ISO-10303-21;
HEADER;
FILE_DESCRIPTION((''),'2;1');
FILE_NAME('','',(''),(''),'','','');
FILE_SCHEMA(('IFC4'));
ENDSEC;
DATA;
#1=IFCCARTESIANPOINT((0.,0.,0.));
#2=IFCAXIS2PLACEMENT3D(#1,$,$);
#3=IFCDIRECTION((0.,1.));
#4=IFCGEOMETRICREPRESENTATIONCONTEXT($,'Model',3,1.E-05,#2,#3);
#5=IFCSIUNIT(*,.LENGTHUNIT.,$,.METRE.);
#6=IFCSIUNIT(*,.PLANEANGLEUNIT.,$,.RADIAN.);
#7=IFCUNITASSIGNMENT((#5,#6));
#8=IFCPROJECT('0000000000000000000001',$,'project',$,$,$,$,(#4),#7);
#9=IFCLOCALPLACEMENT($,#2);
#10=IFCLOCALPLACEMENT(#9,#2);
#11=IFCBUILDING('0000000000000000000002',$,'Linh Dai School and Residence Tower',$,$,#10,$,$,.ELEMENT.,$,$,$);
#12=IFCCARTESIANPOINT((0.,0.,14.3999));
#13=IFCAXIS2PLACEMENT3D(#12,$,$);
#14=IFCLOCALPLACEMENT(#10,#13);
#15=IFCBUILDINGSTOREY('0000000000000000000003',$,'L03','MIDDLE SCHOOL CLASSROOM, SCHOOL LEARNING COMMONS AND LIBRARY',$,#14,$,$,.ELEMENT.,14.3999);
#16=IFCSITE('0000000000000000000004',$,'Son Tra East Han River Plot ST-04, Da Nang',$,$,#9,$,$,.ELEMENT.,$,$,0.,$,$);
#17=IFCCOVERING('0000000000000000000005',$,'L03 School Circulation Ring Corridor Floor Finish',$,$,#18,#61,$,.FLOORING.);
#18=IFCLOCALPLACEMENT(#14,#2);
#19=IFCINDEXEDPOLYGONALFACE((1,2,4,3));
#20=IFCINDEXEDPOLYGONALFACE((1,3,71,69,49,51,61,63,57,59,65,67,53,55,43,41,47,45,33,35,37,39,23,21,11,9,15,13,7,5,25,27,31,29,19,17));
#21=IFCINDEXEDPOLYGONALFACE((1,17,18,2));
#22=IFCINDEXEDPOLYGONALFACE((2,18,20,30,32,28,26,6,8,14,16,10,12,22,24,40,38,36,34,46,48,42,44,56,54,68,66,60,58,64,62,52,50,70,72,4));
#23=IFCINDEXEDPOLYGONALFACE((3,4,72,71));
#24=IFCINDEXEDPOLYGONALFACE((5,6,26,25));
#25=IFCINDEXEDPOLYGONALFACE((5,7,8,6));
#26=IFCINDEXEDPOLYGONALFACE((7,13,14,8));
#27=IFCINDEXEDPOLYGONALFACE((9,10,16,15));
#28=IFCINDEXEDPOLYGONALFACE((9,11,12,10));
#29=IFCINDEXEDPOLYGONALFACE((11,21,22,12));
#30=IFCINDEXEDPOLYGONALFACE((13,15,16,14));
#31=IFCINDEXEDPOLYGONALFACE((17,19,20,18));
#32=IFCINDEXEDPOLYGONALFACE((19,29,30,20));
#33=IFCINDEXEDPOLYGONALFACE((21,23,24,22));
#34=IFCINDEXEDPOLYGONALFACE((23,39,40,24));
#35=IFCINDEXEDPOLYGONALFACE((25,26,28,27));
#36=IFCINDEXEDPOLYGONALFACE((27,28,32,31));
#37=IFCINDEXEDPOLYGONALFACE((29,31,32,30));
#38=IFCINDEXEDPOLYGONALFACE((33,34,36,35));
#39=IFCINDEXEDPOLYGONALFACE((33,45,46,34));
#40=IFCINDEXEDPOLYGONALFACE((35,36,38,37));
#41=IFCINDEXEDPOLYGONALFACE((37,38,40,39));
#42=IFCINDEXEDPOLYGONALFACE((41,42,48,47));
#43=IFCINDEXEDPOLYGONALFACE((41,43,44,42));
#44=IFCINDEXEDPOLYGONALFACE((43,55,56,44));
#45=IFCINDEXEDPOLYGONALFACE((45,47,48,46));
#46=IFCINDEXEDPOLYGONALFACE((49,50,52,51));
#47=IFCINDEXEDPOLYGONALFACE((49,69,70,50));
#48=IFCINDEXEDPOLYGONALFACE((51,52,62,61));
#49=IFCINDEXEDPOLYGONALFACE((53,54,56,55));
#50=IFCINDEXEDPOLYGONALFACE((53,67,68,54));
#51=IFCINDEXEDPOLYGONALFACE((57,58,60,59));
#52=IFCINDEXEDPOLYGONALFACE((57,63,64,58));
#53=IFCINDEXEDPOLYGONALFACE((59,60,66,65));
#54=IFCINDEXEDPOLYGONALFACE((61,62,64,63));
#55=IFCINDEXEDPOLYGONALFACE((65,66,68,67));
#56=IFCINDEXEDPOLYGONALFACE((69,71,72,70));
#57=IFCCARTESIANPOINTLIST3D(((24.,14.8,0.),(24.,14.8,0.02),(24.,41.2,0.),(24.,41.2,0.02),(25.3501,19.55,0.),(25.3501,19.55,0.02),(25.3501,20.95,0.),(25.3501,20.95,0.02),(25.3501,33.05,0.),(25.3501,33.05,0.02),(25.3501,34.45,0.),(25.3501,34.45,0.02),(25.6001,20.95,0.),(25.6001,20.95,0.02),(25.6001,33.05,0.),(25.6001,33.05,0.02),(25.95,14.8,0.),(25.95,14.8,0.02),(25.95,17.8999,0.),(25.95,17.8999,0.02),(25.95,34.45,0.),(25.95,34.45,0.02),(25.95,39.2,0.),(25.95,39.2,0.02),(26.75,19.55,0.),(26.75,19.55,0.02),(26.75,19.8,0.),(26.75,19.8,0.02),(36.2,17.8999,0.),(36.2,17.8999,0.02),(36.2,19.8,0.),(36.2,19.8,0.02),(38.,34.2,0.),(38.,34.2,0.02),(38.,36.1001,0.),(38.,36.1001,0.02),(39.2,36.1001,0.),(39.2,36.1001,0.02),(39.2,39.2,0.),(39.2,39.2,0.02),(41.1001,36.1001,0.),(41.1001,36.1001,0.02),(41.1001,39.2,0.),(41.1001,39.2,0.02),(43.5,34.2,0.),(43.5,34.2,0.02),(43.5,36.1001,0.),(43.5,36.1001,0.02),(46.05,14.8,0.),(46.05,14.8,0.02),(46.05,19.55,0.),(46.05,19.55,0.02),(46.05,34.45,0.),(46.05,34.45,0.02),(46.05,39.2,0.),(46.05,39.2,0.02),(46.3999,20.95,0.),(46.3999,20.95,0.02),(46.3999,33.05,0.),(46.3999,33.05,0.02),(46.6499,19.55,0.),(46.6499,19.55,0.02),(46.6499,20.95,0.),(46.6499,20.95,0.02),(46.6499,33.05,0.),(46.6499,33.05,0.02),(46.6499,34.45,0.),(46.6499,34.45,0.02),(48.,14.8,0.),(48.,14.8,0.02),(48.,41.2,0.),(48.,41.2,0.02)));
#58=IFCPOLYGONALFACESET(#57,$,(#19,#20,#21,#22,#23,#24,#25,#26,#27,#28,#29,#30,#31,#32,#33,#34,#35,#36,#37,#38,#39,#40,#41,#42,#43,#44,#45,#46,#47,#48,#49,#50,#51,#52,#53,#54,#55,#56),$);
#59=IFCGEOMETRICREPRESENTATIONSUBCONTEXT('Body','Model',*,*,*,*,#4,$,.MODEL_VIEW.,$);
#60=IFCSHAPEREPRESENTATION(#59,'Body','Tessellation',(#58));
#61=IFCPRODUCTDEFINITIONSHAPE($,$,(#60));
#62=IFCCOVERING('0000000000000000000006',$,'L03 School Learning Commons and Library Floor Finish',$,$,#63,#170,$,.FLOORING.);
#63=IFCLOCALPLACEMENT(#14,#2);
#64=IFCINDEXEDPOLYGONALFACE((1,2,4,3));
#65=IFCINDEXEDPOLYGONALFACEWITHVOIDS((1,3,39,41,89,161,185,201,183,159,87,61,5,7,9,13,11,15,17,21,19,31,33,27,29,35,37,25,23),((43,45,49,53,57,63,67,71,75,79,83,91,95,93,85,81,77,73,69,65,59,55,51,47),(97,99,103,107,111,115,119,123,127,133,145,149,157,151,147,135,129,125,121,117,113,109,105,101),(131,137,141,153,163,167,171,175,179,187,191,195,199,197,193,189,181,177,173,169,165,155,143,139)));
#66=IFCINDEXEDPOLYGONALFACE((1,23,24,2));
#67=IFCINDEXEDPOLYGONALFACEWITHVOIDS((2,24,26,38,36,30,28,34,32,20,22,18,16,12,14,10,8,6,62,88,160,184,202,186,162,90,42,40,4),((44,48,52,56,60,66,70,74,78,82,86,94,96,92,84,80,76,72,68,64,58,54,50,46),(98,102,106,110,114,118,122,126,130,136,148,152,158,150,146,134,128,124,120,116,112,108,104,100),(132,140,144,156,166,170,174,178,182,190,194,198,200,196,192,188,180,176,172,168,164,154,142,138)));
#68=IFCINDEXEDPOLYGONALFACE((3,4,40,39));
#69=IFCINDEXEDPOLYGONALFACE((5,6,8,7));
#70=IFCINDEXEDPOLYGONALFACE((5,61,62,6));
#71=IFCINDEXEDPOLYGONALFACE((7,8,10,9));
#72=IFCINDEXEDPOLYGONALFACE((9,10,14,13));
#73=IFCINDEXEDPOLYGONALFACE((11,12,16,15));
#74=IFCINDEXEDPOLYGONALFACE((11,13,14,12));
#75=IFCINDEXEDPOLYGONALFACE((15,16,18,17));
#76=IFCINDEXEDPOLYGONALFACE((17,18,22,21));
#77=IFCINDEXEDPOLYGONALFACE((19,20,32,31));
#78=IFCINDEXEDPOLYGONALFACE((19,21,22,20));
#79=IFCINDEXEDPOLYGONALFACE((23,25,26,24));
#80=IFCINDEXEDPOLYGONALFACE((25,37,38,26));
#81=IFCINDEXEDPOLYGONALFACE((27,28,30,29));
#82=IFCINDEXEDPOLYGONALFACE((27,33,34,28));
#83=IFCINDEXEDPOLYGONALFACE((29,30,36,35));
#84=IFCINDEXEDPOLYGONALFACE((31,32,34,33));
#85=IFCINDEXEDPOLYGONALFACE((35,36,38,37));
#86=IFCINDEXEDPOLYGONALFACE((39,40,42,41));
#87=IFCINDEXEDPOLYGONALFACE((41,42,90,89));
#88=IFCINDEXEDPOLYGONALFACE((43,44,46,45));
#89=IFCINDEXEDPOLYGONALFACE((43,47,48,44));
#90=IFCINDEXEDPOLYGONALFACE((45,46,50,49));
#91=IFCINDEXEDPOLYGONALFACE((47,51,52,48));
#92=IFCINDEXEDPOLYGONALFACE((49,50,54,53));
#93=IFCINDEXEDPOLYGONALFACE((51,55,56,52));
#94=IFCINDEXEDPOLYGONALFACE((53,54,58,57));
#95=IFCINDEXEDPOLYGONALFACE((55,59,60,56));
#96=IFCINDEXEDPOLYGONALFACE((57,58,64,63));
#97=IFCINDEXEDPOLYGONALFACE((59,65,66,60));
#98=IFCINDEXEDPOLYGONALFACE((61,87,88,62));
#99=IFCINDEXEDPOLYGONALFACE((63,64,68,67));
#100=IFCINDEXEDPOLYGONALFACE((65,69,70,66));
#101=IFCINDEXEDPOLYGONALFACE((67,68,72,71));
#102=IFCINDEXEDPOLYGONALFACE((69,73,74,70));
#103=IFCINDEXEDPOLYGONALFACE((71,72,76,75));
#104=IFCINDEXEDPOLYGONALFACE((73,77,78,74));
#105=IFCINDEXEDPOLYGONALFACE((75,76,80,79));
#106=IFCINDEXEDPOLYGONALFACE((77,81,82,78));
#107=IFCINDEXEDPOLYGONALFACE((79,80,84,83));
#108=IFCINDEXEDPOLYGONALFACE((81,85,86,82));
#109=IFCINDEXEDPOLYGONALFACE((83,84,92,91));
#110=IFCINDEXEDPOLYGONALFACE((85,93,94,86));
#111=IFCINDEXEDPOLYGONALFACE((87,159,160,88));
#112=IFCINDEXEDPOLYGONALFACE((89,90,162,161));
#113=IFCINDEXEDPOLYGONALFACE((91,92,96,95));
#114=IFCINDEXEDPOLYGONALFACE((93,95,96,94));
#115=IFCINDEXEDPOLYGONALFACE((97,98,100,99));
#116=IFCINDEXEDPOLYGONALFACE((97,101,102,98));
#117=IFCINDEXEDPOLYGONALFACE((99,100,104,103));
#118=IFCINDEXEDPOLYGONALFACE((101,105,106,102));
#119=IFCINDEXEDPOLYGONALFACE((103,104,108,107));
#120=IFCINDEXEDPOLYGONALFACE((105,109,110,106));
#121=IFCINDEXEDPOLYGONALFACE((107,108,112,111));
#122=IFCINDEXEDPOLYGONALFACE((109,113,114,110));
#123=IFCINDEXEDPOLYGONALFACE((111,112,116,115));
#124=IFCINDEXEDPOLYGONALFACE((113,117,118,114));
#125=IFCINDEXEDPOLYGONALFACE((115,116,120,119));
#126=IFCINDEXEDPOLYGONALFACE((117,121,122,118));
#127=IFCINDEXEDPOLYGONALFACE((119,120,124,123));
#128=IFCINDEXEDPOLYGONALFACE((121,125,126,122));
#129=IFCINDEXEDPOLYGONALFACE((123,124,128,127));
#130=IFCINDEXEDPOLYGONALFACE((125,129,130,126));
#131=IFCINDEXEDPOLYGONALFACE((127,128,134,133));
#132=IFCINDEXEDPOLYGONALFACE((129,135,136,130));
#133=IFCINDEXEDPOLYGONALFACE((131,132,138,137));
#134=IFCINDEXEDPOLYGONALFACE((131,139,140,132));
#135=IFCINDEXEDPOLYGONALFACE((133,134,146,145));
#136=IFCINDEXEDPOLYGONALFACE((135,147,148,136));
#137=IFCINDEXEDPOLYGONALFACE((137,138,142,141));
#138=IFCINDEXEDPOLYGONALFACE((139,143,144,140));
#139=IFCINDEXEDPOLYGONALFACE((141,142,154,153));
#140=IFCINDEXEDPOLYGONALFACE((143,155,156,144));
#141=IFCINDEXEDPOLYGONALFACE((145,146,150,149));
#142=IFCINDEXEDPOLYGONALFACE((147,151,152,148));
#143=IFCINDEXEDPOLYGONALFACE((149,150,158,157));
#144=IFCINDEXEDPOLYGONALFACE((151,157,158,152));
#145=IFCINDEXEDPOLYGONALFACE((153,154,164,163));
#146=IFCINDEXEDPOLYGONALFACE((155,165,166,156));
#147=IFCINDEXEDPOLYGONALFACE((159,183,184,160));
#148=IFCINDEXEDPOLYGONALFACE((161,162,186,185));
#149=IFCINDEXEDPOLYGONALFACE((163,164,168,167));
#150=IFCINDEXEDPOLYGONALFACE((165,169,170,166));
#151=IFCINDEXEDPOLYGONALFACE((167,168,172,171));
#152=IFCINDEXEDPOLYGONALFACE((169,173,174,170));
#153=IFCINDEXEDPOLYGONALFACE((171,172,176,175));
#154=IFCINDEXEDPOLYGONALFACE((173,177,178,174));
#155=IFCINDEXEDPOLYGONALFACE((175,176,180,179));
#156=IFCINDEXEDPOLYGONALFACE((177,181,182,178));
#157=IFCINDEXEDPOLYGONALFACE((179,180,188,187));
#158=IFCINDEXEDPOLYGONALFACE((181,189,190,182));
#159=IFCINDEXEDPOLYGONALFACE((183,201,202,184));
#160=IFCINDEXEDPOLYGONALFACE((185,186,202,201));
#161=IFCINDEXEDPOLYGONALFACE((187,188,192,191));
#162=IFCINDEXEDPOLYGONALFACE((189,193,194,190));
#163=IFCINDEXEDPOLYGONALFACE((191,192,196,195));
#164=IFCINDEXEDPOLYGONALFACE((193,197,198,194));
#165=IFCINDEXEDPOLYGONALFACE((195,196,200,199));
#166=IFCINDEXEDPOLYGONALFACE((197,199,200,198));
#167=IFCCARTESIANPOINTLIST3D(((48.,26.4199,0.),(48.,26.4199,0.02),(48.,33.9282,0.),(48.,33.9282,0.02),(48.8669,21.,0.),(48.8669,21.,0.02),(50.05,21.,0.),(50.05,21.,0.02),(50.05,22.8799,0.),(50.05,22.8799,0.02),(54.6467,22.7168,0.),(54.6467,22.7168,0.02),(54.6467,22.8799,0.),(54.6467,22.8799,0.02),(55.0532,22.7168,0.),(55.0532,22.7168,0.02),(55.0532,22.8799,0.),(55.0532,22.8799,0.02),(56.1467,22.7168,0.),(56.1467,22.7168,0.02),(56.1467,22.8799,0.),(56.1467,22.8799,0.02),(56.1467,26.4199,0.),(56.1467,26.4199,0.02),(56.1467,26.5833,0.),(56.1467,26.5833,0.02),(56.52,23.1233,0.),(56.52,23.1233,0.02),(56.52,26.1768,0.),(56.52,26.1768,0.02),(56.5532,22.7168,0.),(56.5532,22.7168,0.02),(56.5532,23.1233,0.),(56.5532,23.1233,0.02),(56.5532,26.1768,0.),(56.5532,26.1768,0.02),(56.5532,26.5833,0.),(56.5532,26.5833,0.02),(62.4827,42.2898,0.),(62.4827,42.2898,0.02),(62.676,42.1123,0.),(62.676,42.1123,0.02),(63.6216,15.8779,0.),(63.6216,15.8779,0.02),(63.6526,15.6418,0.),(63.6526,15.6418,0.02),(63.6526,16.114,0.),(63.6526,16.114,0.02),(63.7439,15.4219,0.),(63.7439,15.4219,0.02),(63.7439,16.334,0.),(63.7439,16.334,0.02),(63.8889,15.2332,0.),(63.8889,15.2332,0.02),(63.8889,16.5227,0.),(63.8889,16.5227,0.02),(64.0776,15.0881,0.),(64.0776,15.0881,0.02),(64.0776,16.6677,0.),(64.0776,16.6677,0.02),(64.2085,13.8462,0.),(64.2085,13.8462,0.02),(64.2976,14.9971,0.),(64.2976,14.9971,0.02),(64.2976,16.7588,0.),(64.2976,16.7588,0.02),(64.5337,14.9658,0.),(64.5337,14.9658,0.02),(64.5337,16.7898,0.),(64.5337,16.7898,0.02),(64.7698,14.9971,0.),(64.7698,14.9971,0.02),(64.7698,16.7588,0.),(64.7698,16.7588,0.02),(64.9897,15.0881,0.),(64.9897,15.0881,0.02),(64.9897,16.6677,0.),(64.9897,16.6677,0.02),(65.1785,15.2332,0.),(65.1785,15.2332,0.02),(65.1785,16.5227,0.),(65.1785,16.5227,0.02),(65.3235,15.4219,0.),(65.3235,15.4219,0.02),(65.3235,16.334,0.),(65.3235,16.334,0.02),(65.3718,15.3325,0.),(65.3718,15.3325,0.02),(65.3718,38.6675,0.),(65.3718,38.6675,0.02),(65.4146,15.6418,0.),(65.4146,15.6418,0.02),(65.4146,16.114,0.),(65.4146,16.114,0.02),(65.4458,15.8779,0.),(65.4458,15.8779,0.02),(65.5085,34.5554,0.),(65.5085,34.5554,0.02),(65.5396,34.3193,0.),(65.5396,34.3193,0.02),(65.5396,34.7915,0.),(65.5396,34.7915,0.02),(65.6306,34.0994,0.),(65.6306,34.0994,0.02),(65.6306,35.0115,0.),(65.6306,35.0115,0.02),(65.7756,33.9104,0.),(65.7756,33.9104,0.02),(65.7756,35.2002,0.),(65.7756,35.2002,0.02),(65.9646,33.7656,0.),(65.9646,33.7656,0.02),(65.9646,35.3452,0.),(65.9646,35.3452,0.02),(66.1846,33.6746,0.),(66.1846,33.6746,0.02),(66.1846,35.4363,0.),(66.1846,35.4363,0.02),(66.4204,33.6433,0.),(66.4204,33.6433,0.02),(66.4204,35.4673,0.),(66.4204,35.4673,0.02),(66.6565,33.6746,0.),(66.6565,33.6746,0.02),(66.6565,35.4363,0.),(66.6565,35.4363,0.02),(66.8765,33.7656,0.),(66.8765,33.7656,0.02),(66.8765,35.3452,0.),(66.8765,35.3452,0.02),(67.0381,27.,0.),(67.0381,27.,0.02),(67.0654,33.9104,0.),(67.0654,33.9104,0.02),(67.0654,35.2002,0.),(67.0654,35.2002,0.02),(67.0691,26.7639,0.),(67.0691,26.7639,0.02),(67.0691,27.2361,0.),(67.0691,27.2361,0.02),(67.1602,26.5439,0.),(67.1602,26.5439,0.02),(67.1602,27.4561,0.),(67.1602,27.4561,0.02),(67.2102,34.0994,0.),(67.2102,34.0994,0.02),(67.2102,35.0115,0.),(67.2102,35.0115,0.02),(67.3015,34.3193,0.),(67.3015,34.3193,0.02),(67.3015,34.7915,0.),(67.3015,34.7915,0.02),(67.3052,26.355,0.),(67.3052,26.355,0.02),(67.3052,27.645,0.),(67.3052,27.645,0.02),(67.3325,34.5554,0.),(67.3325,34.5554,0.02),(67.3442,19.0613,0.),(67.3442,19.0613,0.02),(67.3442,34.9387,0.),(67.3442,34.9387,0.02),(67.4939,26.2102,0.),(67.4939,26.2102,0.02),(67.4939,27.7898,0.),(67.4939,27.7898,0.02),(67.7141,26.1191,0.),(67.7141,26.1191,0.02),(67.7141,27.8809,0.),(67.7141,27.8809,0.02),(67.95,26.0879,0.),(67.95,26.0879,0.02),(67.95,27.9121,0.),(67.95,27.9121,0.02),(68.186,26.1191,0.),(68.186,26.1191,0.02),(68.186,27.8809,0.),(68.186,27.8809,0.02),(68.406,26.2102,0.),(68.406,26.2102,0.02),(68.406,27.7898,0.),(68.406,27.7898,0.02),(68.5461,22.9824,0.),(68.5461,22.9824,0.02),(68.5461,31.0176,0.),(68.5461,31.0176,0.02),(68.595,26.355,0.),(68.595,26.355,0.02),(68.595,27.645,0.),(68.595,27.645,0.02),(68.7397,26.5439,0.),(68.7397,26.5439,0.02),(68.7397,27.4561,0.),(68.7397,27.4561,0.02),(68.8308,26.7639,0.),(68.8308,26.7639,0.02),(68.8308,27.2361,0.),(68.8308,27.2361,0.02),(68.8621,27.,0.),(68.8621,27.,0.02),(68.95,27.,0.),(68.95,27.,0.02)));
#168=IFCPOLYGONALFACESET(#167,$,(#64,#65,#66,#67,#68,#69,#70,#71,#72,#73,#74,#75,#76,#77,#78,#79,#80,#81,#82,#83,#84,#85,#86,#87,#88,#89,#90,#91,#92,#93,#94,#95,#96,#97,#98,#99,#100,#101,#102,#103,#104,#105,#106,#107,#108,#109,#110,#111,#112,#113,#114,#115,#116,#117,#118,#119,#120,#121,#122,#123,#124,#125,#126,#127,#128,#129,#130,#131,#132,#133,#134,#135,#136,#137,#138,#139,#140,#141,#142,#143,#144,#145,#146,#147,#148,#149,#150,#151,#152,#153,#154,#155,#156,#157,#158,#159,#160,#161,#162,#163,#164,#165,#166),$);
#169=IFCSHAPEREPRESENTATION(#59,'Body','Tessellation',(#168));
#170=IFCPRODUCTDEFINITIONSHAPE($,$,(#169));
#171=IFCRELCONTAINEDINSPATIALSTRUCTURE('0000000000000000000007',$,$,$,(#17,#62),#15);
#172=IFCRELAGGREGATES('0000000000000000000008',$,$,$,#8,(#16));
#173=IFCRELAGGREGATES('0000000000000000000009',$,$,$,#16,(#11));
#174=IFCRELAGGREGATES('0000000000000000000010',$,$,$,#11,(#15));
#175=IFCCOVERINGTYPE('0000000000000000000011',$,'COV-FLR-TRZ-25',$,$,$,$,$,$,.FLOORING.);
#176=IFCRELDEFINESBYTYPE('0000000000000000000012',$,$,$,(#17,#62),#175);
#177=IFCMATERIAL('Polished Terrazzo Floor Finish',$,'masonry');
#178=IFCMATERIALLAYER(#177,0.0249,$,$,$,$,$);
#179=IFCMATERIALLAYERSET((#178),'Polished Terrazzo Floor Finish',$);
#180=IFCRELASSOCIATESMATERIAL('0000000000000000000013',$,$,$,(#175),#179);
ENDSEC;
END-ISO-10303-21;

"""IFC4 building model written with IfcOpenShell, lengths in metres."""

from ifc_helpers import new_model, si_unit, direction, frame, origin, place, context, subcontext, project, spatial, polyline, outline, extrude, material, layer, layer_set, type_object, element, save


model = new_model("IFC4")

# Units and contexts
model_context = context("Model", 3, precision=1e-05, world=origin(), true_north=direction((0.0, 1.0)))
body_context = subcontext(model_context, "Body", "Model", "MODEL_VIEW")
ifc_project = project(units=[si_unit("LENGTHUNIT", "METRE"), si_unit("PLANEANGLEUNIT", "RADIAN")], contexts=[model_context])

# Site, building, storey
site_placement = place(None, origin())
site = spatial("IfcSite", under=ifc_project, at=site_placement, Name="Son Tra East Han River Plot ST-04, Da Nang", CompositionType="ELEMENT", RefElevation=0.0)
building_placement = place(site_placement, origin())
building = spatial("IfcBuilding", under=site, at=building_placement, Name="Linh Dai School and Residence Tower", CompositionType="ELEMENT")
storey_placement = place(building_placement, frame((0.0, 0.0, 14.3999)))
storey = spatial("IfcBuildingStorey", under=building, at=storey_placement, Name="L03", Description="MIDDLE SCHOOL CLASSROOM, SCHOOL LEARNING COMMONS AND LIBRARY", CompositionType="ELEMENT", Elevation=14.3999)

# Coverings
ifc_material_1 = material(Name="Polished Terrazzo Floor Finish", Category="masonry")
ifc_layer_1 = layer(ifc_material_1, 0.0249)
ifc_layer_set_1 = layer_set([ifc_layer_1], Name="Polished Terrazzo Floor Finish")
covering_type_1 = type_object("IfcCoveringType", Name="COV-FLR-TRZ-25", PredefinedType="FLOORING", material=ifc_layer_set_1)
covering_1_placement = place(storey_placement, origin())
element("IfcCovering", 1, at=covering_1_placement, inside=storey, type_object=covering_type_1, Name="L03 School Circulation Ring Corridor Floor Finish", PredefinedType="FLOORING", context=body_context, shape_type="SweptSolid", body=[
    extrude(outline(polyline([(24.0, 41.2), (48.0, 41.2), (48.0, 14.8), (46.05, 14.8), (46.05, 19.55), (46.6499, 19.55), (46.6499, 20.95), (46.3999, 20.95), (46.3999, 33.05), (46.6499, 33.05), (46.6499, 34.45), (46.05, 34.45), (46.05, 39.2), (41.1001, 39.2), (41.1001, 36.1001), (43.5, 36.1001), (43.5, 34.2), (38.0, 34.2), (38.0, 36.1001), (39.2, 36.1001), (39.2, 39.2), (25.95, 39.2), (25.95, 34.45), (25.3501, 34.45), (25.3501, 33.05), (25.6001, 33.05), (25.6001, 20.95), (25.3501, 20.95), (25.3501, 19.55), (26.75, 19.55), (26.75, 19.8), (36.2, 19.8), (36.2, 17.8999), (25.95, 17.8999), (25.95, 14.8), (24.0, 14.8), (24.0, 41.2)])), origin(), (0.0, 0.0, 1.0), 0.02),
])
covering_2_placement = place(storey_placement, origin())
element("IfcCovering", 2, at=covering_2_placement, inside=storey, type_object=covering_type_1, Name="L03 School Learning Commons and Library Floor Finish", PredefinedType="FLOORING", context=body_context, shape_type="SweptSolid", body=[
    extrude(outline(polyline([(64.2085, 13.8462), (48.8669, 21.0), (50.05, 21.0), (50.05, 22.8799), (54.6467, 22.8799), (54.6467, 22.7168), (55.0532, 22.7168), (55.0532, 22.8799), (56.1467, 22.8799), (56.1467, 22.7168), (56.5532, 22.7168), (56.5532, 23.1233), (56.52, 23.1233), (56.52, 26.1768), (56.5532, 26.1768), (56.5532, 26.5833), (56.1467, 26.5833), (56.1467, 26.4199), (48.0, 26.4199), (48.0, 33.9282), (62.4827, 42.2898), (62.676, 42.1123), (65.3718, 38.6675), (67.3442, 34.9387), (68.5461, 31.0176), (68.95, 27.0), (68.5461, 22.9824), (67.3442, 19.0613), (65.3718, 15.3325), (64.2085, 13.8462)]), holes=[polyline([(68.7397, 26.5439), (68.8308, 26.7639), (68.8621, 27.0), (68.8308, 27.2361), (68.7397, 27.4561), (68.595, 27.645), (68.406, 27.7898), (68.186, 27.8809), (67.95, 27.9121), (67.7141, 27.8809), (67.4939, 27.7898), (67.3052, 27.645), (67.1602, 27.4561), (67.0691, 27.2361), (67.0381, 27.0), (67.0691, 26.7639), (67.1602, 26.5439), (67.3052, 26.355), (67.4939, 26.2102), (67.7141, 26.1191), (67.95, 26.0879), (68.186, 26.1191), (68.406, 26.2102), (68.595, 26.355), (68.7397, 26.5439)]), polyline([(67.2102, 34.0994), (67.3015, 34.3193), (67.3325, 34.5554), (67.3015, 34.7915), (67.2102, 35.0115), (67.0654, 35.2002), (66.8765, 35.3452), (66.6565, 35.4363), (66.4204, 35.4673), (66.1846, 35.4363), (65.9646, 35.3452), (65.7756, 35.2002), (65.6306, 35.0115), (65.5396, 34.7915), (65.5085, 34.5554), (65.5396, 34.3193), (65.6306, 34.0994), (65.7756, 33.9104), (65.9646, 33.7656), (66.1846, 33.6746), (66.4204, 33.6433), (66.6565, 33.6746), (66.8765, 33.7656), (67.0654, 33.9104), (67.2102, 34.0994)]), polyline([(65.4146, 15.6418), (65.4458, 15.8779), (65.4146, 16.114), (65.3235, 16.334), (65.1785, 16.5227), (64.9897, 16.6677), (64.7698, 16.7588), (64.5337, 16.7898), (64.2976, 16.7588), (64.0776, 16.6677), (63.8889, 16.5227), (63.7439, 16.334), (63.6526, 16.114), (63.6216, 15.8779), (63.6526, 15.6418), (63.7439, 15.4219), (63.8889, 15.2332), (64.0776, 15.0881), (64.2976, 14.9971), (64.5337, 14.9658), (64.7698, 14.9971), (64.9897, 15.0881), (65.1785, 15.2332), (65.3235, 15.4219), (65.4146, 15.6418)])]), origin(), (0.0, 0.0, 1.0), 0.02),
])

save(model, "model.ifc")
